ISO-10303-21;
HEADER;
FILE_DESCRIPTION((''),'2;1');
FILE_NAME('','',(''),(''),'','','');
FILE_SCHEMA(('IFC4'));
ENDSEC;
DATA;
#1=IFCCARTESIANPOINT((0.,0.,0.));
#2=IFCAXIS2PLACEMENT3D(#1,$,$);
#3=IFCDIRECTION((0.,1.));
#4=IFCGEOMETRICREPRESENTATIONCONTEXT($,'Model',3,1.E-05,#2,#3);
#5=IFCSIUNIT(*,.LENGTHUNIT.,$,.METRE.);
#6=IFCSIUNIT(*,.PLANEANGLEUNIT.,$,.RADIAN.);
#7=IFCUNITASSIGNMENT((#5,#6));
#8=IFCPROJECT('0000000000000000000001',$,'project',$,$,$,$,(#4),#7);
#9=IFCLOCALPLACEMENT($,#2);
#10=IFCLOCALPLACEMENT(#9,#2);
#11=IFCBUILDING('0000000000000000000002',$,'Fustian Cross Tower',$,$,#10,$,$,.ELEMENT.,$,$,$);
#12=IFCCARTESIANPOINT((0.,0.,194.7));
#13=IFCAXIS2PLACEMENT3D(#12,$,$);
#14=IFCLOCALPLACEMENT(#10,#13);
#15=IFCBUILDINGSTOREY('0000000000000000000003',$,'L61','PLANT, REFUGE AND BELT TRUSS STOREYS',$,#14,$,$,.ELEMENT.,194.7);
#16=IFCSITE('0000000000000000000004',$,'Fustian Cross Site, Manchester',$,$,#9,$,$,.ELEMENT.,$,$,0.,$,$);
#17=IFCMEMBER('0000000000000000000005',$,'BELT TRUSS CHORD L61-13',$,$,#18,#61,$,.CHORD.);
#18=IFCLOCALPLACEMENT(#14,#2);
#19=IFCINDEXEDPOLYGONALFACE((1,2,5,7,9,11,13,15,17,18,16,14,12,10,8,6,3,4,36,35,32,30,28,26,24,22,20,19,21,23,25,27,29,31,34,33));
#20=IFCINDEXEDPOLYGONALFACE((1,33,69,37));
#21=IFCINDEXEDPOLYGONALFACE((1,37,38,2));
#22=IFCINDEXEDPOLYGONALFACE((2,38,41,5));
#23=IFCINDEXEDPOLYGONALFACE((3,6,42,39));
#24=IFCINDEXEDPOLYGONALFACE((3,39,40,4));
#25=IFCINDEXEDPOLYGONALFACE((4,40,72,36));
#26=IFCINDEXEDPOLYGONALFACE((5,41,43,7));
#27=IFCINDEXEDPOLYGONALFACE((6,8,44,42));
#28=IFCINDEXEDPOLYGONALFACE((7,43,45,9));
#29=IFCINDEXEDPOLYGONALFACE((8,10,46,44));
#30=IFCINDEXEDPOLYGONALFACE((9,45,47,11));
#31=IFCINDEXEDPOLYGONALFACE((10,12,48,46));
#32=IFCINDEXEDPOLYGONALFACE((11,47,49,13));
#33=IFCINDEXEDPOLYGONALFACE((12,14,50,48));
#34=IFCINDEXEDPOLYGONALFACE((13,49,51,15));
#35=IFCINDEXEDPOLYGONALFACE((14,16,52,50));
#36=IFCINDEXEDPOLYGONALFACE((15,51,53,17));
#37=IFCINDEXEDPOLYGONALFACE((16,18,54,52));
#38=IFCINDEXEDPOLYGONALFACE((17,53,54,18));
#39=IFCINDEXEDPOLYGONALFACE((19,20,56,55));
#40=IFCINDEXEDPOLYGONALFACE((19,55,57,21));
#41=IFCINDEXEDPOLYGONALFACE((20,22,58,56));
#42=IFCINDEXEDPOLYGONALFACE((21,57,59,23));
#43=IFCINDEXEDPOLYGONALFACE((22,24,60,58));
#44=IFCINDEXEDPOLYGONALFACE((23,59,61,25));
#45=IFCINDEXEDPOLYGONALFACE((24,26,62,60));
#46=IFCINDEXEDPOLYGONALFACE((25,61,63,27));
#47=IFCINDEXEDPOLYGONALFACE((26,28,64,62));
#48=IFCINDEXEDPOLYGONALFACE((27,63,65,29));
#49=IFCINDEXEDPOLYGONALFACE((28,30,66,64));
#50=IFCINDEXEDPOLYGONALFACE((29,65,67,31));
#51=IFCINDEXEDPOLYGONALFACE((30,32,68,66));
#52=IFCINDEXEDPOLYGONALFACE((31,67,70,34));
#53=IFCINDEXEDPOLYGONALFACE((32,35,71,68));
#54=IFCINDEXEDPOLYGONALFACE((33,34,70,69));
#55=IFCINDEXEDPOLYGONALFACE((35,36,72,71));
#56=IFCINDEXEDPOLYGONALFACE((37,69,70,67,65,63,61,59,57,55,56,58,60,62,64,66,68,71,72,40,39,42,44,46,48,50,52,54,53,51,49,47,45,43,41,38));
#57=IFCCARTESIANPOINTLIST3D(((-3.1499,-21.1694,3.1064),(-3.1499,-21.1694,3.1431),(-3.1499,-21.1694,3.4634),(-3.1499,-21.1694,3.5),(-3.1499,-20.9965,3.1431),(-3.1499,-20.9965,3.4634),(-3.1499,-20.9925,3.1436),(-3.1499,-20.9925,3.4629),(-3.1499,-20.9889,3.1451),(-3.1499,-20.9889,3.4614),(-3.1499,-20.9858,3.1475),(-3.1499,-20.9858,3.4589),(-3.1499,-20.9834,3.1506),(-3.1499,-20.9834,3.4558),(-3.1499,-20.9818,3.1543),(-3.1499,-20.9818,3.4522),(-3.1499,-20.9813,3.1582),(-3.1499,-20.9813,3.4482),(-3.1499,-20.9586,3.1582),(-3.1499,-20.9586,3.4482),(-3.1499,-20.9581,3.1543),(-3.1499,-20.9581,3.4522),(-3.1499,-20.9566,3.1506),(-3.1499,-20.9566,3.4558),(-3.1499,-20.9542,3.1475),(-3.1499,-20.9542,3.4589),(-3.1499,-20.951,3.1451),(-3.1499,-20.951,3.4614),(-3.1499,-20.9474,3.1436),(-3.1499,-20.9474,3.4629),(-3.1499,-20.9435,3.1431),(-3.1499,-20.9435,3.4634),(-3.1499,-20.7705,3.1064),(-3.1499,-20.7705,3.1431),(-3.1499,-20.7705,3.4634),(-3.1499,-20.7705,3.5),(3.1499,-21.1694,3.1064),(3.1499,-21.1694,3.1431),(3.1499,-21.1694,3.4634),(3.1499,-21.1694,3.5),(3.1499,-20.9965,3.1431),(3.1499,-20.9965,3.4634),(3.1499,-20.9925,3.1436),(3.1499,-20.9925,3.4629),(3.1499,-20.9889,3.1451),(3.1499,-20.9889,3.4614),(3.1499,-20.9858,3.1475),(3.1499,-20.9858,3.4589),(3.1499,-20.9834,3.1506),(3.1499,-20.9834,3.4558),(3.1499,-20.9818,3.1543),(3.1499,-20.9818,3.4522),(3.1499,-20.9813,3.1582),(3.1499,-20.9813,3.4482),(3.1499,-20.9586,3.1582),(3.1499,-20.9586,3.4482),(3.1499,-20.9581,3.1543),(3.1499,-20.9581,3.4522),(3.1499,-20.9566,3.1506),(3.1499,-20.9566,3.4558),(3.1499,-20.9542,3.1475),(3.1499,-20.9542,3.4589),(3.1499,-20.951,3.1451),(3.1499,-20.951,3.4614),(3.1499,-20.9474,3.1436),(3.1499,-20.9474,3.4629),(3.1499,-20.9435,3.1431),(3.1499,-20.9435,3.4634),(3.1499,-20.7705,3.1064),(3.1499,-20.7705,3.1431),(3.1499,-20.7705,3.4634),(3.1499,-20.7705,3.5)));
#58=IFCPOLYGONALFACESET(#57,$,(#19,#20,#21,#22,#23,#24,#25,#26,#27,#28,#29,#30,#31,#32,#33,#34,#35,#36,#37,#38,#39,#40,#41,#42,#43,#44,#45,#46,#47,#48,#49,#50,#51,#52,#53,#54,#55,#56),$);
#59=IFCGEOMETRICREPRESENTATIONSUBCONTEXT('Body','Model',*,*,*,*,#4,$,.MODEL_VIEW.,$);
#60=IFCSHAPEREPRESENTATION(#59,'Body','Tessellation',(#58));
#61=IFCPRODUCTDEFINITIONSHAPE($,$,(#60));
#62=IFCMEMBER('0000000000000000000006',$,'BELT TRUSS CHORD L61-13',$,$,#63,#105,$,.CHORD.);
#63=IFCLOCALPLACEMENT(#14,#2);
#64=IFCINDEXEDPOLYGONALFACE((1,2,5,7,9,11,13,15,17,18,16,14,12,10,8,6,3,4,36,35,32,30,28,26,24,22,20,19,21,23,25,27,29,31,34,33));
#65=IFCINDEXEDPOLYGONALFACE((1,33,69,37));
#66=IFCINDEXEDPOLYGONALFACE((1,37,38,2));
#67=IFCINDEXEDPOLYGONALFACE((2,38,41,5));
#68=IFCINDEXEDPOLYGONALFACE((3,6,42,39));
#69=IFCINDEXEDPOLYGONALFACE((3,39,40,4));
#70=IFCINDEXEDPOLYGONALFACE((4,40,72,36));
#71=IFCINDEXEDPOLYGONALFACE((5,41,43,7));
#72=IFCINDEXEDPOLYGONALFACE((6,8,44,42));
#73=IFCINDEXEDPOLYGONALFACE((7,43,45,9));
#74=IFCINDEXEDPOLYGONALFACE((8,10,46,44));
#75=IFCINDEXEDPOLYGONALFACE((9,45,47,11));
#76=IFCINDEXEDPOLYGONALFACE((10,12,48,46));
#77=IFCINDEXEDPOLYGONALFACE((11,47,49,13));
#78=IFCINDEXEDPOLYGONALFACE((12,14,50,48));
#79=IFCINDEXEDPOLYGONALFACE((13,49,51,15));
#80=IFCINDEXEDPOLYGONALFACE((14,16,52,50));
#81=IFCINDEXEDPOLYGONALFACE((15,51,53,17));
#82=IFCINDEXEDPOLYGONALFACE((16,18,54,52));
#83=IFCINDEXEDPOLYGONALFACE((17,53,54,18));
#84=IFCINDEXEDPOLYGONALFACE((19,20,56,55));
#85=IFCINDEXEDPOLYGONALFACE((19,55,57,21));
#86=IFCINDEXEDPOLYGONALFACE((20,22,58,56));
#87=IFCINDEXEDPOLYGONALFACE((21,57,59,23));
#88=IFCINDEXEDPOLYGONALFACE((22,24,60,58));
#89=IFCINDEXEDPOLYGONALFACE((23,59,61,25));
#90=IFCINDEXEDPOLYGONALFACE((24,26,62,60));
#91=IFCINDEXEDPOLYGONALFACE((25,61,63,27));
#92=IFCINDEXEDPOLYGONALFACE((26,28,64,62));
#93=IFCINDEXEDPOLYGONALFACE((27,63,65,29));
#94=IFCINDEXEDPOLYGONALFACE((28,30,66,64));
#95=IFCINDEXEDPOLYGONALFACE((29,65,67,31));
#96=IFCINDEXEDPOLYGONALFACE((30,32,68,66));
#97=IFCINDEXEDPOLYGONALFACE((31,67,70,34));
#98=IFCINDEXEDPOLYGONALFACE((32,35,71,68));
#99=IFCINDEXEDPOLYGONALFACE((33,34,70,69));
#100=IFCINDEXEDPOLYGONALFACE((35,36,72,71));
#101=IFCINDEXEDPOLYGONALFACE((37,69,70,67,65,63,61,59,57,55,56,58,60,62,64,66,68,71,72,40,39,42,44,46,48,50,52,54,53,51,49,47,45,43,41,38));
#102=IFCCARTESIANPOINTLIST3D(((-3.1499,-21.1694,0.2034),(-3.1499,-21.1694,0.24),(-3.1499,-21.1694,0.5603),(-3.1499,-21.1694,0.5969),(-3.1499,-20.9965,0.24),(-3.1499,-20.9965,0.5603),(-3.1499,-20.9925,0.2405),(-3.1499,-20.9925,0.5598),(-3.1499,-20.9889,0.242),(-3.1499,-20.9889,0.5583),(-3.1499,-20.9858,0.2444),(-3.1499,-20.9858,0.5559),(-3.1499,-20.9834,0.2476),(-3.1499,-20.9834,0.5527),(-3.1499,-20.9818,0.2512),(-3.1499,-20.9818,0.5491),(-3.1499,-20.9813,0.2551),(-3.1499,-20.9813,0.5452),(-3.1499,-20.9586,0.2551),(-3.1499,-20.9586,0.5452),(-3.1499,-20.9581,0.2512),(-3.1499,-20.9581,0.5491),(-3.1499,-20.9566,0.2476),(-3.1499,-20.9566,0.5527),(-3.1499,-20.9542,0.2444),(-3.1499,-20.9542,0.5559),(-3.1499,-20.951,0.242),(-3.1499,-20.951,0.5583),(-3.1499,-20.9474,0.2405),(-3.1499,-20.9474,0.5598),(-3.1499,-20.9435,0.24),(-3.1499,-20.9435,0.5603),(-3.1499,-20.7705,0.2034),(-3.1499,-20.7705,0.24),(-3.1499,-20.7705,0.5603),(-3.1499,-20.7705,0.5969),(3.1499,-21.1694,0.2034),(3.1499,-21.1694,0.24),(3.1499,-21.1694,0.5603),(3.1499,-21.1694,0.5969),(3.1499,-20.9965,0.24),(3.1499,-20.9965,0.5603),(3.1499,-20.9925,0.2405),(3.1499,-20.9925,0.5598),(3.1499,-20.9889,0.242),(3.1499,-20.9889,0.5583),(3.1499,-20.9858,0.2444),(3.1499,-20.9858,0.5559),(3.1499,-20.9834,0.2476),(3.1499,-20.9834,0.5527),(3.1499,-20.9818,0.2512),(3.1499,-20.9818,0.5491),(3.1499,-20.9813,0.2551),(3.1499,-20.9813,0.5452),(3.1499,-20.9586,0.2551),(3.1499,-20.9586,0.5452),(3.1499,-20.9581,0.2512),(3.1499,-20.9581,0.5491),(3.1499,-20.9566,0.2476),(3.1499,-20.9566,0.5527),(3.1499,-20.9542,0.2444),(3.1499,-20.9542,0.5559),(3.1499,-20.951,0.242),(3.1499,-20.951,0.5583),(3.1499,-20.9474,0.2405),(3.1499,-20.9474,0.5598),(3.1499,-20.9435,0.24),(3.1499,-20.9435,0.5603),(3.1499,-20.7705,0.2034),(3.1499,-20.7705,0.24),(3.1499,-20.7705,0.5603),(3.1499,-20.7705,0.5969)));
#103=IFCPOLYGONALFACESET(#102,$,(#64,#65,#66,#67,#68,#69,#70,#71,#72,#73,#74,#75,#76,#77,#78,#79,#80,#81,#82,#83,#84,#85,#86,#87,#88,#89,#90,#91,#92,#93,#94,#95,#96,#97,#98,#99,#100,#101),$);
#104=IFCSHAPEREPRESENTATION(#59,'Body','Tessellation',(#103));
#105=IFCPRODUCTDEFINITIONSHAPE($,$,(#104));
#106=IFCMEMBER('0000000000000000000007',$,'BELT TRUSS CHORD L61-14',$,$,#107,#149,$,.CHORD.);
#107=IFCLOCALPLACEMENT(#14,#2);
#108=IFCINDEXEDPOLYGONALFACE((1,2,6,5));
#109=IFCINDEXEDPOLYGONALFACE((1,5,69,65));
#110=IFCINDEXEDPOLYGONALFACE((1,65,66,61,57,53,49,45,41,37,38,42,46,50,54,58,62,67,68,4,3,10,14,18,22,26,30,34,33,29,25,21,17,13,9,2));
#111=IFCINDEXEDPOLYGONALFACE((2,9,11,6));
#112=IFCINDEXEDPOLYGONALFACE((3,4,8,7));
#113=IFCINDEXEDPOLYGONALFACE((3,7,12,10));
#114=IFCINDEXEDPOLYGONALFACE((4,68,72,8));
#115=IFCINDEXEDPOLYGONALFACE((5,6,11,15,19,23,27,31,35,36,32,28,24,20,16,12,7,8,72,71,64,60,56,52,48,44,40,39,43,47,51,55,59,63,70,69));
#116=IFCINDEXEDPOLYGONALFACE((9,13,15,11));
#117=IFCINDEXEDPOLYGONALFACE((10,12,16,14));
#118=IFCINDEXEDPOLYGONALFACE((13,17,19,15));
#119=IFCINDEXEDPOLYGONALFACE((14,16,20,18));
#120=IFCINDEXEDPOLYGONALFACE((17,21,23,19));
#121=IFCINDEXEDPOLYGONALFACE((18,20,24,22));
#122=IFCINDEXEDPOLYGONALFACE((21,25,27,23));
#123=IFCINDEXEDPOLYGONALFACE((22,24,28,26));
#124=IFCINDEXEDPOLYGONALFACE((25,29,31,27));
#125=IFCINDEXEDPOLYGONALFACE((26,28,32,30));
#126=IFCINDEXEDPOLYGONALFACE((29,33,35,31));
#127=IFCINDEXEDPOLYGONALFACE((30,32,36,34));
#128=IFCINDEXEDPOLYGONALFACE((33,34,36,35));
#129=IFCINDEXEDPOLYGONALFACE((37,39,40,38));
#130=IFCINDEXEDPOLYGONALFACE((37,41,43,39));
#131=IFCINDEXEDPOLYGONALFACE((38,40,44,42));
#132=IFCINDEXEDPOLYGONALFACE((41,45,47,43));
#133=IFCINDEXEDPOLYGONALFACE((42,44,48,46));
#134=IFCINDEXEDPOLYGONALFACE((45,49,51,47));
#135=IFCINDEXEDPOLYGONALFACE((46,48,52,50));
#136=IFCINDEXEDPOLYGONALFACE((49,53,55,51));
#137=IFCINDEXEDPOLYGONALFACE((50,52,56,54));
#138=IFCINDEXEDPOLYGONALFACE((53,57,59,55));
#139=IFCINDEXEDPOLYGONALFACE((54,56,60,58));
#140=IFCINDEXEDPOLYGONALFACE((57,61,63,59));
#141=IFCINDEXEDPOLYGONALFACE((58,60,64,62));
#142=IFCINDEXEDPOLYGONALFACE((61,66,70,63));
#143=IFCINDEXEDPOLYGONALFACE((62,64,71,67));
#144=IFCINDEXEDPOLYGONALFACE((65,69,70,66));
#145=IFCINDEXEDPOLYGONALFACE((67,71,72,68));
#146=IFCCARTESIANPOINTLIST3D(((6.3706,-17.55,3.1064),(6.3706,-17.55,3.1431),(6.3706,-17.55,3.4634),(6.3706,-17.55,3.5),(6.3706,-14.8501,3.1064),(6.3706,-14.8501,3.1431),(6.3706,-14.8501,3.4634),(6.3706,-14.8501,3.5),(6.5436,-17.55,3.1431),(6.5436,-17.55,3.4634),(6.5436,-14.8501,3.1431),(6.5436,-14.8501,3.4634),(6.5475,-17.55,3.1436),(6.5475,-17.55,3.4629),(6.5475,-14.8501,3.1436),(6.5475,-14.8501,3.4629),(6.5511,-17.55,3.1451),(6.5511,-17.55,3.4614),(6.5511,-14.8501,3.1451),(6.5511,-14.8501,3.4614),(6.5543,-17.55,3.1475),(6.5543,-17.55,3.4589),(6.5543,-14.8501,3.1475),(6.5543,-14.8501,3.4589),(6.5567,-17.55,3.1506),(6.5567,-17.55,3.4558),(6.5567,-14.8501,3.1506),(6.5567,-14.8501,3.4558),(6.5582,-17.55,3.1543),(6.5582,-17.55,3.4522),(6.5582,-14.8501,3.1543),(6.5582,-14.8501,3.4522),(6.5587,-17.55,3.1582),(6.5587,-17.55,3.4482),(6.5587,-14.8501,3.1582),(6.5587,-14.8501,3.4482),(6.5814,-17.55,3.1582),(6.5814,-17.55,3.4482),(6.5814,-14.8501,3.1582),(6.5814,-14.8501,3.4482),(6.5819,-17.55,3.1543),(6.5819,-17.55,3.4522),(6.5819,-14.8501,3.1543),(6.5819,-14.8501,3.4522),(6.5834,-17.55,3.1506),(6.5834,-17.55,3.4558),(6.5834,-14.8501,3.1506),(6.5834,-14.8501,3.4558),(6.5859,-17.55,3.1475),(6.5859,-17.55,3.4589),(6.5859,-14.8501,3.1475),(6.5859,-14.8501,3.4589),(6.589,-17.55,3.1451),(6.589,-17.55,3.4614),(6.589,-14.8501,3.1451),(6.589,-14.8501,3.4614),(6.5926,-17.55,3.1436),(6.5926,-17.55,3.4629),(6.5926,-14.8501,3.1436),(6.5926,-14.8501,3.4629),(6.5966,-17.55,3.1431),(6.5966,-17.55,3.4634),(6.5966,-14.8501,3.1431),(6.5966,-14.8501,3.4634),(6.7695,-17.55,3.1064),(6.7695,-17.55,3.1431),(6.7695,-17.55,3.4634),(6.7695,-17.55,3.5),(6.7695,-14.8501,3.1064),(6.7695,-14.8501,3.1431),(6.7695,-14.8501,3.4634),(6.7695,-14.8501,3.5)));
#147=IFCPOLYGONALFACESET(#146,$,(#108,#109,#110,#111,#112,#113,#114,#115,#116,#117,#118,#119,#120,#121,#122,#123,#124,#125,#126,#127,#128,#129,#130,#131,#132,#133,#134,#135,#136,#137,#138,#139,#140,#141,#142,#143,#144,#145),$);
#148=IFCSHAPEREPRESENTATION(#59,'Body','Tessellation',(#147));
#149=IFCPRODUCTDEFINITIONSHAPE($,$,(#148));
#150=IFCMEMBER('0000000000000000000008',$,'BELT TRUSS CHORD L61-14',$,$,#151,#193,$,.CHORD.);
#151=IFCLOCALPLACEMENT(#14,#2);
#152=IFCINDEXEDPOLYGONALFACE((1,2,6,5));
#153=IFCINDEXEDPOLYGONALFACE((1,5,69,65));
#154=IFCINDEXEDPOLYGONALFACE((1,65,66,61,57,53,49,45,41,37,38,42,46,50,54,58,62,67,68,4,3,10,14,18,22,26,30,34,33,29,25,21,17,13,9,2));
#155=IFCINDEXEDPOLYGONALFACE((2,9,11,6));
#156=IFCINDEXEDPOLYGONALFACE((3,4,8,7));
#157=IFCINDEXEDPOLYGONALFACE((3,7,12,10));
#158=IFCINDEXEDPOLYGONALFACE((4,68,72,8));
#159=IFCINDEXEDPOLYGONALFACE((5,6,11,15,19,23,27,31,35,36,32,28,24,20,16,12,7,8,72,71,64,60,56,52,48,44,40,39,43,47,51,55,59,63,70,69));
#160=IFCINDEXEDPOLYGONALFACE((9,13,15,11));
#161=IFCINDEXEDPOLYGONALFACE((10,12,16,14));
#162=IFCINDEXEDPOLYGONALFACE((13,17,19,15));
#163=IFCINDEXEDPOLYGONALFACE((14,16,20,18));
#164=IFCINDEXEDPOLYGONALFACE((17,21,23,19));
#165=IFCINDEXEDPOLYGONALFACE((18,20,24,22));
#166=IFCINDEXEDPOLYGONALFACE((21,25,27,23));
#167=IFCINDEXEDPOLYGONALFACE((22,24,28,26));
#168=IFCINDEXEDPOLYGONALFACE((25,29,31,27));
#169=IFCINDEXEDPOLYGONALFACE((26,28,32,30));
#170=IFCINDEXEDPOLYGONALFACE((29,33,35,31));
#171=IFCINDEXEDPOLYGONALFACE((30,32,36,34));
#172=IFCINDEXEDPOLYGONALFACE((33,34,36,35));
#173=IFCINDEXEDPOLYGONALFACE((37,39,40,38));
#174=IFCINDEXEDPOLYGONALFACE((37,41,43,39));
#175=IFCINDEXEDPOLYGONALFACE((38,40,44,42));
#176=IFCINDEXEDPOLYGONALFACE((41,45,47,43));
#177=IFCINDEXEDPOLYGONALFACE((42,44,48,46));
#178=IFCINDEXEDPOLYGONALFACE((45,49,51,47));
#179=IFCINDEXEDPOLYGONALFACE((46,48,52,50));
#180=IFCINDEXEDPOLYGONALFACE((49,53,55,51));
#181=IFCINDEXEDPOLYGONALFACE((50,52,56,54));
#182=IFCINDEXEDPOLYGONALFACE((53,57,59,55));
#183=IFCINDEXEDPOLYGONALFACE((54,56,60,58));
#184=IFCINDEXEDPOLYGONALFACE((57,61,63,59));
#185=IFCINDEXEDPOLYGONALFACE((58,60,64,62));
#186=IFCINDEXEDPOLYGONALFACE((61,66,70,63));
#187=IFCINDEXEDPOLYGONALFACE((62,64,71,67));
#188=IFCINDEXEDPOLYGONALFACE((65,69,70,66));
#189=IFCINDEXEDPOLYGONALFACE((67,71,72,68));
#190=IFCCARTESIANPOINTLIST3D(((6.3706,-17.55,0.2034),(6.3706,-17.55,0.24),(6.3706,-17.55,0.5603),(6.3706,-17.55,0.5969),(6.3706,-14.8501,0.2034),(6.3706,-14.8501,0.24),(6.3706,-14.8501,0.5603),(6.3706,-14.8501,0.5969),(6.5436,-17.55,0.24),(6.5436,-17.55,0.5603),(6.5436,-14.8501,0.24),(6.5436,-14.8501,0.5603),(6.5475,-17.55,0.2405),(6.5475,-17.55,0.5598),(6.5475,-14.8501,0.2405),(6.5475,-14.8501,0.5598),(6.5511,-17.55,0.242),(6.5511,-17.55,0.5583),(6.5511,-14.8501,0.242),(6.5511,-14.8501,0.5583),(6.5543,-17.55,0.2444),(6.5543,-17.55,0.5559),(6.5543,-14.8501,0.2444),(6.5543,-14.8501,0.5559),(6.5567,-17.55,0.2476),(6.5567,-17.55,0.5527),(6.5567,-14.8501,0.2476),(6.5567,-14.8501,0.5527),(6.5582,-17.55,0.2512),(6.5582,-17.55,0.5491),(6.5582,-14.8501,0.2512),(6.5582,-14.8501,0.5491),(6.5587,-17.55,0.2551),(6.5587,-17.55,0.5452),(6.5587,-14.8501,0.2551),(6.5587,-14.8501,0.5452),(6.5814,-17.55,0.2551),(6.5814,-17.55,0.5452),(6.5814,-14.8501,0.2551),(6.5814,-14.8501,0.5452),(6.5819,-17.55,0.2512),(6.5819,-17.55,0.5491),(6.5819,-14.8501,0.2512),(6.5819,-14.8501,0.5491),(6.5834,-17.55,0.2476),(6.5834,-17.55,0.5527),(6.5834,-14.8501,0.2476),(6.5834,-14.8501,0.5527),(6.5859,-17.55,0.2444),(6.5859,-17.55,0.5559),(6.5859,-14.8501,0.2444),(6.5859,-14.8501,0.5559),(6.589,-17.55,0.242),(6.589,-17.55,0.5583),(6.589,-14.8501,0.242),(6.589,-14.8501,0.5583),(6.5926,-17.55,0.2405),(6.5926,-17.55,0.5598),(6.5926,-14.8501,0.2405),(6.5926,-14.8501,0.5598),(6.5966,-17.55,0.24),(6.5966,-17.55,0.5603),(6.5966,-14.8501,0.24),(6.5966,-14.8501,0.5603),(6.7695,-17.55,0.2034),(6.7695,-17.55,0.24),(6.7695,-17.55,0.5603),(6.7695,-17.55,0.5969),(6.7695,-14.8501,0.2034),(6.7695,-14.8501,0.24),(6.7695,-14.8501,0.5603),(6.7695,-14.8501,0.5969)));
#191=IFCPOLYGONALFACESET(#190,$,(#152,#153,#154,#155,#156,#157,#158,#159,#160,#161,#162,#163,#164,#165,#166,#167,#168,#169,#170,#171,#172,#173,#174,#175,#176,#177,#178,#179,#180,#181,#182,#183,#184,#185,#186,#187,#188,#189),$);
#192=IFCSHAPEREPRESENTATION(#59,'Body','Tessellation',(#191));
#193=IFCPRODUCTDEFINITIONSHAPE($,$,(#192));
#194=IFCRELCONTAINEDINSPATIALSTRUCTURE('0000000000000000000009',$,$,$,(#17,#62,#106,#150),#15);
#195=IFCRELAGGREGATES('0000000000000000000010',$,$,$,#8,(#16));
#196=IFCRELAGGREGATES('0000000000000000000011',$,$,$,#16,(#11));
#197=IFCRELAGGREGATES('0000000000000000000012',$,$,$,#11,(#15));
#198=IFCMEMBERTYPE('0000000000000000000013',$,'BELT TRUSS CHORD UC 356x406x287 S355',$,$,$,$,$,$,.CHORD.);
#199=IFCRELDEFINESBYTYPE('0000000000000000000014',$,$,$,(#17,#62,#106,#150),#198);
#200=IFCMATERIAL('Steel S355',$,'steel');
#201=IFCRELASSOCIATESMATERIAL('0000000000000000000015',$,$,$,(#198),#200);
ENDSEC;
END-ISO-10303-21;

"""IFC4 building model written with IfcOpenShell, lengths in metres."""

from ifc_helpers import new_model, si_unit, direction, frame, origin, origin_2d, place, context, subcontext, project, spatial, i_section, extrude, material, material_profile, profile_set, type_object, element, save


model = new_model("IFC4")

# Units and contexts
model_context = context("Model", 3, precision=1e-05, world=origin(), true_north=direction((0.0, 1.0)))
body_context = subcontext(model_context, "Body", "Model", "MODEL_VIEW")
ifc_project = project(units=[si_unit("LENGTHUNIT", "METRE"), si_unit("PLANEANGLEUNIT", "RADIAN")], contexts=[model_context])

# Site, building, storey
site_placement = place(None, origin())
site = spatial("IfcSite", under=ifc_project, at=site_placement, Name="Fustian Cross Site, Manchester", CompositionType="ELEMENT", RefElevation=0.0)
building_placement = place(site_placement, origin())
building = spatial("IfcBuilding", under=site, at=building_placement, Name="Fustian Cross Tower", CompositionType="ELEMENT")
storey_placement = place(building_placement, frame((0.0, 0.0, 194.7)))
storey = spatial("IfcBuildingStorey", under=building, at=storey_placement, Name="L61", Description="PLANT, REFUGE AND BELT TRUSS STOREYS", CompositionType="ELEMENT", Elevation=194.7)

# Members
ifc_material_1 = material(Name="Steel S355", Category="steel")
ifc_material_profile_1 = material_profile(ifc_material_1, i_section(OverallWidth=0.3989, OverallDepth=0.3936, WebThickness=0.0227, FlangeThickness=0.0366, FilletRadius=0.0151, at=origin_2d()), Name="UC 356x406x287")
ifc_profile_set_1 = profile_set([ifc_material_profile_1], Name="Steel S355")
member_type_1 = type_object("IfcMemberType", Name="BELT TRUSS CHORD UC 356x406x287 S355", PredefinedType="CHORD", material=ifc_profile_set_1)
for number, where, z_axis, x_axis, name in (
    (1, (-3.1499, -20.97, 3.3032), (1.0, 0.0, 0.0), (0.0, 1.0, 0.0), "BELT TRUSS CHORD L61-13"),
    (2, (-3.1499, -20.97, 0.4001), (1.0, 0.0, 0.0), (0.0, 1.0, 0.0), "BELT TRUSS CHORD L61-13"),
):
    element("IfcMember", number, at=place(storey_placement, frame(where, z_axis=z_axis, x_axis=x_axis)), inside=storey, type_object=member_type_1, Name=name, PredefinedType="CHORD", context=body_context, shape_type="SweptSolid", body=[
        extrude(i_section(OverallWidth=0.3989, OverallDepth=0.3936, WebThickness=0.0227, FlangeThickness=0.0366, FilletRadius=0.0151, at=origin_2d()), origin(), (0.0, 0.0, 1.0), 6.2998),
    ])
for number, where, z_axis, x_axis, name in (
    (3, (6.5701, -17.55, 3.3032), (0.0, 1.0, 0.0), (-1.0, 0.0, 0.0), "BELT TRUSS CHORD L61-14"),
    (4, (6.5701, -17.55, 0.4001), (0.0, 1.0, 0.0), (-1.0, 0.0, 0.0), "BELT TRUSS CHORD L61-14"),
):
    element("IfcMember", number, at=place(storey_placement, frame(where, z_axis=z_axis, x_axis=x_axis)), inside=storey, type_object=member_type_1, Name=name, PredefinedType="CHORD", context=body_context, shape_type="SweptSolid", body=[
        extrude(i_section(OverallWidth=0.3989, OverallDepth=0.3936, WebThickness=0.0227, FlangeThickness=0.0366, FilletRadius=0.0151, at=origin_2d()), origin(), (0.0, 0.0, 1.0), 2.7),
    ])

save(model, "model.ifc")
